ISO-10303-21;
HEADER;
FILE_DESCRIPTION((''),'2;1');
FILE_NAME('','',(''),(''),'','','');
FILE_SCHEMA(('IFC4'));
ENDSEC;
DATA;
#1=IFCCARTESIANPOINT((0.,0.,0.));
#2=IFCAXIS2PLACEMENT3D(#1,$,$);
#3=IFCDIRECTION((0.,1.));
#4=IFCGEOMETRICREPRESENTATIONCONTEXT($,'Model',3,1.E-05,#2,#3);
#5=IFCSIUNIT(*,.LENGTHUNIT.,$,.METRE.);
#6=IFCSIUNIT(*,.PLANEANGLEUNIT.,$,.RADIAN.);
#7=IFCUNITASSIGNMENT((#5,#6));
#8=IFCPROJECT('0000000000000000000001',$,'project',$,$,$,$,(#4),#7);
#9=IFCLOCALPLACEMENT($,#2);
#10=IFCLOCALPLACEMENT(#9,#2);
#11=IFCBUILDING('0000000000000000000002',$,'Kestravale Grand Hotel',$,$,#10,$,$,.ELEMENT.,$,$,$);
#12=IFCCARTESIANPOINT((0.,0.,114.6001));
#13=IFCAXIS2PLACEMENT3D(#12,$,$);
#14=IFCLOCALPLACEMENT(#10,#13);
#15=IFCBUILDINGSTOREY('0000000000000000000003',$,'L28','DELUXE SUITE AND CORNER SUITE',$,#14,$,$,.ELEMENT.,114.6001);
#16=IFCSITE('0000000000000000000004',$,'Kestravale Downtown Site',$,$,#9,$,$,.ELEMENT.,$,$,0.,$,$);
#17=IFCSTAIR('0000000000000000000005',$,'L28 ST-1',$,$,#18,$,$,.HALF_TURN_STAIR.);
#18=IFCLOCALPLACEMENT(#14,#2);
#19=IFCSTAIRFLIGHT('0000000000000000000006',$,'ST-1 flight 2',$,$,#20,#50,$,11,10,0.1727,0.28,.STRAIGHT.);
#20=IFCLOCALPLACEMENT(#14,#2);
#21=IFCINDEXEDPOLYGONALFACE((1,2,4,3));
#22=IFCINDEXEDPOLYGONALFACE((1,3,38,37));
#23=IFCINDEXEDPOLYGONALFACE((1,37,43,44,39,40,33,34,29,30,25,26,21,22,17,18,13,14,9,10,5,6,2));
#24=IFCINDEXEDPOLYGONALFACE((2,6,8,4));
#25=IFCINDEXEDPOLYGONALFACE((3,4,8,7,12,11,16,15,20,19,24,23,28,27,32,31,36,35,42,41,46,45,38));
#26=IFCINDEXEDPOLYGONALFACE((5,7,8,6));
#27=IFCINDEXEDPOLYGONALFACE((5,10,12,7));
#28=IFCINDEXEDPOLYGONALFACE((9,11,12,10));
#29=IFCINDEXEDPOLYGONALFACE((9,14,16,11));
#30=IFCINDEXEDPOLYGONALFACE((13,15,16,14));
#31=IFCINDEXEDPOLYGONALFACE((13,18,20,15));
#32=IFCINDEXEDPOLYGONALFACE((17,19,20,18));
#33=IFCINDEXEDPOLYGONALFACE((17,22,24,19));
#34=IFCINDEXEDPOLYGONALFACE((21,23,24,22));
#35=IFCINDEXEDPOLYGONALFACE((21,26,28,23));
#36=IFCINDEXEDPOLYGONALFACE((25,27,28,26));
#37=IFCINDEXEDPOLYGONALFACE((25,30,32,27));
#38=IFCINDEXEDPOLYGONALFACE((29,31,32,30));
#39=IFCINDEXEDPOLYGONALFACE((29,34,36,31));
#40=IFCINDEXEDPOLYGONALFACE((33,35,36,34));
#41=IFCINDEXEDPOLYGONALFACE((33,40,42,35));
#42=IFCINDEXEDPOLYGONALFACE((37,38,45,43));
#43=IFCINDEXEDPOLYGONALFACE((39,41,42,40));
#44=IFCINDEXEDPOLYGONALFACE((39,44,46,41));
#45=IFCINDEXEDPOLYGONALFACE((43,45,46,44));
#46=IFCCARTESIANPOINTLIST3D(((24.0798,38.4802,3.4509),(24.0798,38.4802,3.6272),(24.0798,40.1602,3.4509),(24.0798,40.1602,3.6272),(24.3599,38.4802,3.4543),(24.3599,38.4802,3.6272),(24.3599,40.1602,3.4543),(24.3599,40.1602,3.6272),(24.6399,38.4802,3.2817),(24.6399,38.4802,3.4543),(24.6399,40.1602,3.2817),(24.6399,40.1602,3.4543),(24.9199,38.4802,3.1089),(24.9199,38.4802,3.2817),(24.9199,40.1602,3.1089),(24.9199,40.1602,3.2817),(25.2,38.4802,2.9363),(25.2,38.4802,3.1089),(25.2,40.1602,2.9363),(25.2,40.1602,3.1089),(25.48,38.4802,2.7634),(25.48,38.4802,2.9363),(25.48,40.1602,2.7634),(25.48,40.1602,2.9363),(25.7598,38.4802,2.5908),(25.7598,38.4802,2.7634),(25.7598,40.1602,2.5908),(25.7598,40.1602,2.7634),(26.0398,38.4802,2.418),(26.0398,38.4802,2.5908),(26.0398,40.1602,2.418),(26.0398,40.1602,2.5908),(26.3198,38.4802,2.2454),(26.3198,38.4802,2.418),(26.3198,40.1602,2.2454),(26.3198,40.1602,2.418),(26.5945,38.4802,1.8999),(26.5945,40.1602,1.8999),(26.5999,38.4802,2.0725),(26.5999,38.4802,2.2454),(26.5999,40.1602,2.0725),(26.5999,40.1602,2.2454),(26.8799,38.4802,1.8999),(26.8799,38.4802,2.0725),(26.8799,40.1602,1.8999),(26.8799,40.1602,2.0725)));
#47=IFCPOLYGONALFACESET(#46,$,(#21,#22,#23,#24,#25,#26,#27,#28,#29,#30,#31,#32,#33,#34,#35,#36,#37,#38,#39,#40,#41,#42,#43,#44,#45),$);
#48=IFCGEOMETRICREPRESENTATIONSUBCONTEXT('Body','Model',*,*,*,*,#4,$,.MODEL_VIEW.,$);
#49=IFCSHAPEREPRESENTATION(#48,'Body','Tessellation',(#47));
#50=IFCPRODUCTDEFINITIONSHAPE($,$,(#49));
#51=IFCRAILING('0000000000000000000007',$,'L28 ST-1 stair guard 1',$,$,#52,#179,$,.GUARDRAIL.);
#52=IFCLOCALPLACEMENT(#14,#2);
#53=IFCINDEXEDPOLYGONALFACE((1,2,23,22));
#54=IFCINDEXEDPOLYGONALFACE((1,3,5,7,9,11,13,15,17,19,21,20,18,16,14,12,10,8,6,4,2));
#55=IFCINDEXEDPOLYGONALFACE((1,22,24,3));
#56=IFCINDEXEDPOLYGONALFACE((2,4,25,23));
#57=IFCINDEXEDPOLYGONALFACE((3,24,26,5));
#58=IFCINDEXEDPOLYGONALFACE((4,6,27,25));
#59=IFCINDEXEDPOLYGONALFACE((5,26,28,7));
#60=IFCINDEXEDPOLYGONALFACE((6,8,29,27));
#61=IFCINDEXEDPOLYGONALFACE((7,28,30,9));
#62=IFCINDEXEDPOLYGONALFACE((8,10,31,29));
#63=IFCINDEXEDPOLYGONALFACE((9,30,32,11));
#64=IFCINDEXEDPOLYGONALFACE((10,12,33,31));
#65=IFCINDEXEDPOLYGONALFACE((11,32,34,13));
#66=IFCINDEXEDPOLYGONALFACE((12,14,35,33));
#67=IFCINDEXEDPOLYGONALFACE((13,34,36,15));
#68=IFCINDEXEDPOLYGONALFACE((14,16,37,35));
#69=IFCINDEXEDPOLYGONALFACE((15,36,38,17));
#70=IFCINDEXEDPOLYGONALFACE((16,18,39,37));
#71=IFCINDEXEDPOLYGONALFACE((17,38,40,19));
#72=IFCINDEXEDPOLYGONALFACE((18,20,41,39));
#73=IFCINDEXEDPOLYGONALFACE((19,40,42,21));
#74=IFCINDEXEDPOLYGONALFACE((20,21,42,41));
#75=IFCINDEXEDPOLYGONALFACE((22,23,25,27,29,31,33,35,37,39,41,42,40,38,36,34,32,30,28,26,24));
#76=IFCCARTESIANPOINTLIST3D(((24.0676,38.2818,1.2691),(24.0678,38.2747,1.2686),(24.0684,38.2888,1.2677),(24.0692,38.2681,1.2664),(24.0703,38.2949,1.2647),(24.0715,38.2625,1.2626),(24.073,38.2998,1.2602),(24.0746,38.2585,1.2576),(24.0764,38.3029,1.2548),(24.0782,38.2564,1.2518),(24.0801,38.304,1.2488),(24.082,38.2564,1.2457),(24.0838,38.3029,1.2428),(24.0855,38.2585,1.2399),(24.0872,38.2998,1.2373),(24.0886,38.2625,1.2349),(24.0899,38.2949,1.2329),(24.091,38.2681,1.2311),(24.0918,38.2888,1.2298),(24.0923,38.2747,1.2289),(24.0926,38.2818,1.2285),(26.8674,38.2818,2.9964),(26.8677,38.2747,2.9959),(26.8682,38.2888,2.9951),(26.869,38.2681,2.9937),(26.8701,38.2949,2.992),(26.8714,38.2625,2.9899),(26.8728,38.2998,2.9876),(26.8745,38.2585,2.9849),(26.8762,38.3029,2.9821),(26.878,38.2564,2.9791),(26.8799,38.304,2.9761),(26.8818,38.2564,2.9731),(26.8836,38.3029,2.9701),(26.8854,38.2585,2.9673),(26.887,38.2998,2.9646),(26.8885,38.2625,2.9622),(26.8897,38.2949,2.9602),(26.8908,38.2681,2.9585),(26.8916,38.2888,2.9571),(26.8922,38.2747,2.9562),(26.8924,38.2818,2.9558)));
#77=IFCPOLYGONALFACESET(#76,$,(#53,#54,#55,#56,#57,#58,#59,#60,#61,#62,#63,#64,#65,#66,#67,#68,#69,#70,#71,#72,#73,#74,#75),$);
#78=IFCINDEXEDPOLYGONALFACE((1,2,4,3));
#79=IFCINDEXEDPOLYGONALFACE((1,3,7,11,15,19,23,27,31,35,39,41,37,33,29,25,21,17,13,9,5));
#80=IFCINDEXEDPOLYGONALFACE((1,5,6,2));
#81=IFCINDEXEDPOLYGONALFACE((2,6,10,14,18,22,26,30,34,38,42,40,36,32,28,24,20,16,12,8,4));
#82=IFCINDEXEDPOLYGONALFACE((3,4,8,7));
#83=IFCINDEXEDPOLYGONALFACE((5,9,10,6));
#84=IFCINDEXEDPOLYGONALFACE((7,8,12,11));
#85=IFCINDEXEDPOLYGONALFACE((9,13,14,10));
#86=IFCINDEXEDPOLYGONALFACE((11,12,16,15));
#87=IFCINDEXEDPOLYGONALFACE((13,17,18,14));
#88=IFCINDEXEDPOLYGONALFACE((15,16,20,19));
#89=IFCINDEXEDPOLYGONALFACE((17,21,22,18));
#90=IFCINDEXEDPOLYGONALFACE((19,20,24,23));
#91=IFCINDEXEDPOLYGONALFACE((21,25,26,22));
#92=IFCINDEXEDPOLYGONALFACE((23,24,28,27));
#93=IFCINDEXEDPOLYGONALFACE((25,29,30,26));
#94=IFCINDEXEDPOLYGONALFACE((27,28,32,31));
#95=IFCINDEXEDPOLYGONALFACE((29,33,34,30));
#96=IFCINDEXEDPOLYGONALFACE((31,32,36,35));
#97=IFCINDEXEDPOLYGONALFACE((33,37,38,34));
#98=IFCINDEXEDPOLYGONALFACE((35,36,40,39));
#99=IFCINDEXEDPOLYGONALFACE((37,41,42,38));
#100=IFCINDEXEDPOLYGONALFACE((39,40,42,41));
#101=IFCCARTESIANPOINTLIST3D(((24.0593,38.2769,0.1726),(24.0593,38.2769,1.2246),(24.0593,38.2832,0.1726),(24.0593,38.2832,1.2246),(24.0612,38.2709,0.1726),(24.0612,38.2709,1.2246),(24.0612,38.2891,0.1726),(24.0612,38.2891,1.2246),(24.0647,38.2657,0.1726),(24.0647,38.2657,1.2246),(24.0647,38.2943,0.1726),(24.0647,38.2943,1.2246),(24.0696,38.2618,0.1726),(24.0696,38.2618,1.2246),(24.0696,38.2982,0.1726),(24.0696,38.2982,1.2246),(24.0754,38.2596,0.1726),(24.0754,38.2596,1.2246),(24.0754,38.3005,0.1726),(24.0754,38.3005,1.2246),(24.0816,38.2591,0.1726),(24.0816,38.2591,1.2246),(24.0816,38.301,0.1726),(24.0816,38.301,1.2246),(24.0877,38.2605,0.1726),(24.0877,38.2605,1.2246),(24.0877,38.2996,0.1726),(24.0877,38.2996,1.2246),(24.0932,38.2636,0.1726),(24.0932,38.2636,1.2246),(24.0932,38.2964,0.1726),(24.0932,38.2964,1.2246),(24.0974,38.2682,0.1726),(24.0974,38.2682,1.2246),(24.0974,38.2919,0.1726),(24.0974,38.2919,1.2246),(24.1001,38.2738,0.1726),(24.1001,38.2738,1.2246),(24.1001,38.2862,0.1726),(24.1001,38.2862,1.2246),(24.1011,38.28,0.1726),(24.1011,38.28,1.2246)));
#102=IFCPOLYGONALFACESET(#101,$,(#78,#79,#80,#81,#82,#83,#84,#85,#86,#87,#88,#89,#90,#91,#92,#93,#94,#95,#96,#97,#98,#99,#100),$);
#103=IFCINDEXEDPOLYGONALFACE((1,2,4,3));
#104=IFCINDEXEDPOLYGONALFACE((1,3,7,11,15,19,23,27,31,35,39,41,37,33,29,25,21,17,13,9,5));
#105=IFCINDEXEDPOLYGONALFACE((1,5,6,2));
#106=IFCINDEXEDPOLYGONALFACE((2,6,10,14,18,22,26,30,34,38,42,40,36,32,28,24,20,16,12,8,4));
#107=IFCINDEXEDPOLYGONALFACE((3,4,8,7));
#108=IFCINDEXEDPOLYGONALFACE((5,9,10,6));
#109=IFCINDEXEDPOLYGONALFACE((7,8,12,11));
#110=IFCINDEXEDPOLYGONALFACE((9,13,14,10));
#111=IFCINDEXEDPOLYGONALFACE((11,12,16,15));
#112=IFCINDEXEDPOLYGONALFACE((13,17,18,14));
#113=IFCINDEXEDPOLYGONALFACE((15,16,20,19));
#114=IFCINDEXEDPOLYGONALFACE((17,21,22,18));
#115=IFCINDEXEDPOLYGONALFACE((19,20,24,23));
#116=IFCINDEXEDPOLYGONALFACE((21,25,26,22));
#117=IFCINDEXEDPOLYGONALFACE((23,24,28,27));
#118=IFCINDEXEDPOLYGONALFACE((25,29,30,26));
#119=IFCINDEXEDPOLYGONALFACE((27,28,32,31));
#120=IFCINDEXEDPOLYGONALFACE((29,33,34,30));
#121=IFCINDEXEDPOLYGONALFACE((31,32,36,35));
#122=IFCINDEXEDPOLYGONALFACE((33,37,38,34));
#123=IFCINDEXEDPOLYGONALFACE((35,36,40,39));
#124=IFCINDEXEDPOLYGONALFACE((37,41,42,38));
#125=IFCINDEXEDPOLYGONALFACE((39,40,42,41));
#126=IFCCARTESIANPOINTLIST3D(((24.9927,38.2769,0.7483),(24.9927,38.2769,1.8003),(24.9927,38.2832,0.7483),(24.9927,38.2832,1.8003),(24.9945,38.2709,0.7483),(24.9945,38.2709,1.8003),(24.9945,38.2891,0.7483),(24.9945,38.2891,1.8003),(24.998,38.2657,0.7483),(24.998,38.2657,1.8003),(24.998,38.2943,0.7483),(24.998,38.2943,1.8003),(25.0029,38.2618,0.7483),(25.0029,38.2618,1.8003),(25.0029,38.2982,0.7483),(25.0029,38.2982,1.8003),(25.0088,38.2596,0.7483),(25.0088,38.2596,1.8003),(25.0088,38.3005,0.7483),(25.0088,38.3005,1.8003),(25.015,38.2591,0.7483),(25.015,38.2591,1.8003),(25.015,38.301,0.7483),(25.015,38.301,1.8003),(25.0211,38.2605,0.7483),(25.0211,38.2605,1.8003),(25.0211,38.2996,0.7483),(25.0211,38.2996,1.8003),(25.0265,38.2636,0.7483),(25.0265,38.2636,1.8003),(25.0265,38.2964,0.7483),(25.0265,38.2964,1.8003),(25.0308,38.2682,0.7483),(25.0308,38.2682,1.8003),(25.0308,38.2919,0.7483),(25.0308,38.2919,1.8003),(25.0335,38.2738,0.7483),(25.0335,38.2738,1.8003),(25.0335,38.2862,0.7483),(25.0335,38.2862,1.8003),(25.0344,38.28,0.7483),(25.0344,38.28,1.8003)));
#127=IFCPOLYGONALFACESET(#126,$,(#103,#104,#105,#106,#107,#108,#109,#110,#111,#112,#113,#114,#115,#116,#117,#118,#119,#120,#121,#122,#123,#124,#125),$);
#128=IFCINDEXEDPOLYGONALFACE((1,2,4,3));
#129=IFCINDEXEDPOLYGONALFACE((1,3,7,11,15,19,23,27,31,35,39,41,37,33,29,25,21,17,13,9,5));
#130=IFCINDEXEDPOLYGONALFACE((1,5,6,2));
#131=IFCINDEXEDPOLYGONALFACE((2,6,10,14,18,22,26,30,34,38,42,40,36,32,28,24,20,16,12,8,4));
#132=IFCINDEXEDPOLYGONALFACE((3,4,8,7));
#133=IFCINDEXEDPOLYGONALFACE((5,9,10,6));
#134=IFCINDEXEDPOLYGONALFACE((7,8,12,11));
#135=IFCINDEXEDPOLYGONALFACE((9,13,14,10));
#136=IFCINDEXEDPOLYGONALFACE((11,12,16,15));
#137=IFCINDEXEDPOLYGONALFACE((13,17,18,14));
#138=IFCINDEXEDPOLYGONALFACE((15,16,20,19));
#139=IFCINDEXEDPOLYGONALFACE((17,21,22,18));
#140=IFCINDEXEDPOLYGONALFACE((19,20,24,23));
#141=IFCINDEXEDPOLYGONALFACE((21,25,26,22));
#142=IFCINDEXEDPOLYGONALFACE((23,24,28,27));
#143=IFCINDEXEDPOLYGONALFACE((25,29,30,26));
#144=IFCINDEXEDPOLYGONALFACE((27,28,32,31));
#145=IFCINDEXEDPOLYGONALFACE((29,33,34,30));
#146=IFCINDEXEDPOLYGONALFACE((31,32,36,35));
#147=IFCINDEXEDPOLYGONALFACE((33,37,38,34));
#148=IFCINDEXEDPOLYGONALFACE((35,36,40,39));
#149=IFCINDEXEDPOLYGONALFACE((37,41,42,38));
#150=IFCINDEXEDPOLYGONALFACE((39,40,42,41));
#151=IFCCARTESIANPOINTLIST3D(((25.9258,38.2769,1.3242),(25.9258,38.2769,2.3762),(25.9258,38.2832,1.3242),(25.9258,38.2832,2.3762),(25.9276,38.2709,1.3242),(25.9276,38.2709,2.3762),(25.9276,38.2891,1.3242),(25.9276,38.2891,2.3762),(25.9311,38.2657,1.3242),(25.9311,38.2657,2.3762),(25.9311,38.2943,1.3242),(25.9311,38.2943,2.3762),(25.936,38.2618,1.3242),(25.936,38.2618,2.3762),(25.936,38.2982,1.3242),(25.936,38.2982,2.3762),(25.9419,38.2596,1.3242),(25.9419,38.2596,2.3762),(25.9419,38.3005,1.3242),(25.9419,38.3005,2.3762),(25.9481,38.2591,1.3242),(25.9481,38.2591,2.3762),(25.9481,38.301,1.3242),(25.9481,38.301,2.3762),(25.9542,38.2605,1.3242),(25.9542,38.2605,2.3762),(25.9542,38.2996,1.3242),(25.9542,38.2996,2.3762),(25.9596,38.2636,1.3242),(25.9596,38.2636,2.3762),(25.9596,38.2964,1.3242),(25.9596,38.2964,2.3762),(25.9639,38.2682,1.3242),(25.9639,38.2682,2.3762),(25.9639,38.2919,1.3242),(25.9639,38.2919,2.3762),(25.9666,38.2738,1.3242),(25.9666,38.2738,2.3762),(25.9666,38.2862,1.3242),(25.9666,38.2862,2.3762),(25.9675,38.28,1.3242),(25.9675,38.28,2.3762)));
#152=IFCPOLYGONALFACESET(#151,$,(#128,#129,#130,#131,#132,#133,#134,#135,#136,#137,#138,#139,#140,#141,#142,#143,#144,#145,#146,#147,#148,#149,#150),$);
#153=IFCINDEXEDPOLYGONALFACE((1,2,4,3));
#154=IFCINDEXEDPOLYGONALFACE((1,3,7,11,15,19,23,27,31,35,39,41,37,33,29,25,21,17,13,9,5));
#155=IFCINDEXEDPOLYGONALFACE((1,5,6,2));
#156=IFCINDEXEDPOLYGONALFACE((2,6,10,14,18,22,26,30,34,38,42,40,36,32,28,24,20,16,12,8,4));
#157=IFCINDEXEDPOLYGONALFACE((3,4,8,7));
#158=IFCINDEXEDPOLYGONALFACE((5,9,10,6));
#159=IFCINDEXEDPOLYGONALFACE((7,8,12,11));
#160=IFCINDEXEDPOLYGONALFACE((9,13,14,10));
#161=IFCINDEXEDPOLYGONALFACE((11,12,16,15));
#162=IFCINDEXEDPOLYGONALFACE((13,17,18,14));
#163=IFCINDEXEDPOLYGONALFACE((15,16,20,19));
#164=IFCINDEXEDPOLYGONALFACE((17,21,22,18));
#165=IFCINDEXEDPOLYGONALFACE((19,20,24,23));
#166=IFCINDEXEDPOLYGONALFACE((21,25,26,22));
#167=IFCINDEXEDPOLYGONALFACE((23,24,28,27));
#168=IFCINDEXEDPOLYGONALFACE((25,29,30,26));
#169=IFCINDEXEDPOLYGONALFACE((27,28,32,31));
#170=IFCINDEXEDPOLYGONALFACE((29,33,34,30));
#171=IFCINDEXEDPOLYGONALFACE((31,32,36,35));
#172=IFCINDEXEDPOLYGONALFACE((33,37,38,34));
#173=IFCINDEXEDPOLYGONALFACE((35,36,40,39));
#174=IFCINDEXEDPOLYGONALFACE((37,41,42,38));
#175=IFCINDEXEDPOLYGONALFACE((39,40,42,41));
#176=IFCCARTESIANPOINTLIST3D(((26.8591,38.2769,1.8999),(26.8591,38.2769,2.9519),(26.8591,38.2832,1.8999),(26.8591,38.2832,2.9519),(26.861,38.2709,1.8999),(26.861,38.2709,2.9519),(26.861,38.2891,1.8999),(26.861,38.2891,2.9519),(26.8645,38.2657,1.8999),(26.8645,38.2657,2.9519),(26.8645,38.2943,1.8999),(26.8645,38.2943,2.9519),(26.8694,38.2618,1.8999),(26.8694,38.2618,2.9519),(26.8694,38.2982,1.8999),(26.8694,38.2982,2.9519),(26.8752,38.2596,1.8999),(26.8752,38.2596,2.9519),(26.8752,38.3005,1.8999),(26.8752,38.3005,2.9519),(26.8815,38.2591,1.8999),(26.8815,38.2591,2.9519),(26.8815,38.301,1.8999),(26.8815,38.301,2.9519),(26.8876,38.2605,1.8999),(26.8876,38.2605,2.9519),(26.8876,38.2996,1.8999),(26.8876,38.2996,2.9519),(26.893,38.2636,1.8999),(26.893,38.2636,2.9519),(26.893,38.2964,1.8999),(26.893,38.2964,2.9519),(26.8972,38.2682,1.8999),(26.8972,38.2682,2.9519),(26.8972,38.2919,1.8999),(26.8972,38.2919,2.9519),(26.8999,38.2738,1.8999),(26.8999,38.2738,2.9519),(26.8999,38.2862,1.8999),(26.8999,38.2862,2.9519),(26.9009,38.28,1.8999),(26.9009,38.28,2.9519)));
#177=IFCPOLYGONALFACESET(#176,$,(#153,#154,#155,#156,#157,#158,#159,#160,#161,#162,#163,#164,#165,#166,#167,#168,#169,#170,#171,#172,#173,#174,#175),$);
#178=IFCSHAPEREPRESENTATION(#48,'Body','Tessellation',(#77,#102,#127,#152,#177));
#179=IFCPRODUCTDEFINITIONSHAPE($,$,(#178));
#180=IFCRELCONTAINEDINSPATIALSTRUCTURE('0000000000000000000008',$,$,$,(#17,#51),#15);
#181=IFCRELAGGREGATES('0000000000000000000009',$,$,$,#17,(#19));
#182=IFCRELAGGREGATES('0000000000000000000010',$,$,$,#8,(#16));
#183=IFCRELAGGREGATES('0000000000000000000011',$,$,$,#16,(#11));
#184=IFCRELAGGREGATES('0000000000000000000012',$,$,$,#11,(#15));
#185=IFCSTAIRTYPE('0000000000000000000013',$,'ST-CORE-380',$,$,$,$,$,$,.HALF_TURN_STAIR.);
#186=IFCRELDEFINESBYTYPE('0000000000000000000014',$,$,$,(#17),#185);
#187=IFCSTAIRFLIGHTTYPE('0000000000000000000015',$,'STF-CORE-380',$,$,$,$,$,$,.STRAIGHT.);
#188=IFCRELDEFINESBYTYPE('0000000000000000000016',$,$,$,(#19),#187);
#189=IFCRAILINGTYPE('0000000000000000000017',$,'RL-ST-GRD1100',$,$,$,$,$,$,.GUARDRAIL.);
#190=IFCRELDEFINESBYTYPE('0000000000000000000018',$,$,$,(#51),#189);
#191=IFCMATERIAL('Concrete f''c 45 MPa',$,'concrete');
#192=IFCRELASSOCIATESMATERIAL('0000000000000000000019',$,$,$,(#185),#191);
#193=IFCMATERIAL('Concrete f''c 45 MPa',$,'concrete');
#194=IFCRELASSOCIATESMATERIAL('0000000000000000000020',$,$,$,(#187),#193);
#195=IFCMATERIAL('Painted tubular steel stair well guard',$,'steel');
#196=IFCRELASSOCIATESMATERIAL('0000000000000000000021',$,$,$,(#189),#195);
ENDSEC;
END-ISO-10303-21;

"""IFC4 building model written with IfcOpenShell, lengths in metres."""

from ifc_helpers import new_model, si_unit, direction, frame, origin, origin_2d, place, context, subcontext, project, spatial, polyline, circle, outline, extrude, material, type_object, element, aggregate, save


model = new_model("IFC4")

# Units and contexts
model_context = context("Model", 3, precision=1e-05, world=origin(), true_north=direction((0.0, 1.0)))
body_context = subcontext(model_context, "Body", "Model", "MODEL_VIEW")
ifc_project = project(units=[si_unit("LENGTHUNIT", "METRE"), si_unit("PLANEANGLEUNIT", "RADIAN")], contexts=[model_context])

# Site, building, storey
site_placement = place(None, origin())
site = spatial("IfcSite", under=ifc_project, at=site_placement, Name="Kestravale Downtown Site", CompositionType="ELEMENT", RefElevation=0.0)
building_placement = place(site_placement, origin())
building = spatial("IfcBuilding", under=site, at=building_placement, Name="Kestravale Grand Hotel", CompositionType="ELEMENT")
storey_placement = place(building_placement, frame((0.0, 0.0, 114.6001)))
storey = spatial("IfcBuildingStorey", under=building, at=storey_placement, Name="L28", Description="DELUXE SUITE AND CORNER SUITE", CompositionType="ELEMENT", Elevation=114.6001)

# Stair, stair flight
ifc_material_1 = material(Name="Concrete f'c 45 MPa", Category="concrete")
stair_type = type_object("IfcStairType", Name="ST-CORE-380", PredefinedType="HALF_TURN_STAIR", material=ifc_material_1)
stair_placement = place(storey_placement, origin())
stair = element("IfcStair", 1, at=stair_placement, inside=storey, type_object=stair_type, Name="L28 ST-1", PredefinedType="HALF_TURN_STAIR")
ifc_material_2 = material(Name="Concrete f'c 45 MPa", Category="concrete")
stair_flight_type = type_object("IfcStairFlightType", Name="STF-CORE-380", PredefinedType="STRAIGHT", material=ifc_material_2)
stair_flight_1_placement = place(storey_placement, frame((26.8799, 39.3201, 1.8999), z_axis=(0.0, 0.0, 1.0), x_axis=(-1.0, 0.0, 0.0)))
stair_flight_1 = element("IfcStairFlight", 2, at=stair_flight_1_placement, type_object=stair_flight_type, Name="ST-1 flight 2", NumberOfRisers=11, NumberOfTreads=10, PredefinedType="STRAIGHT", RiserHeight=0.1727, TreadLength=0.28, context=body_context, shape_type="SweptSolid", body=[
    extrude(outline(polyline([(0.0, 0.0), (0.0, 0.1726), (0.28, 0.1726), (0.28, 0.3455), (0.5601, 0.3455), (0.5601, 0.5181), (0.8401, 0.5181), (0.8401, 0.6909), (1.1201, 0.6909), (1.1201, 0.8635), (1.3999, 0.8635), (1.3999, 1.0364), (1.6799, 1.0364), (1.6799, 1.209), (1.96, 1.209), (1.96, 1.3818), (2.24, 1.3818), (2.24, 1.5544), (2.52, 1.5544), (2.52, 1.7273), (2.8, 1.7273), (2.8, 1.8999), (2.8, 1.551), (0.2854, 0.0), (0.0, 0.0)])), frame((0.0, 0.8398, 0.0), z_axis=(0.0, -1.0, 0.0), x_axis=(1.0, 0.0, 0.0)), (0.0, 0.0, 1.0), 1.6799),
])
aggregate(stair, [stair_flight_1])

# Railing
ifc_material_3 = material(Name="Painted tubular steel stair well guard", Category="steel")
railing_type_1 = type_object("IfcRailingType", Name="RL-ST-GRD1100", PredefinedType="GUARDRAIL", material=ifc_material_3)
railing_1_placement = place(storey_placement, frame((24.0801, 38.28, 0.1726)))
element("IfcRailing", 3, at=railing_1_placement, inside=storey, type_object=railing_type_1, Name="L28 ST-1 stair guard 1", PredefinedType="GUARDRAIL", context=body_context, shape_type="SweptSolid", body=[
    extrude(circle(Radius=0.0239, at=origin_2d()), frame((0.0, 0.0, 1.0762), z_axis=(0.851069, 0.0, 0.525054), x_axis=(0.0, 1.0, 0.0)), (0.0, 0.0, 1.0), 3.2898),
    extrude(circle(Radius=0.021, at=origin_2d()), origin(), (0.0, 0.0, 1.0), 1.052),
    extrude(circle(Radius=0.021, at=origin_2d()), frame((0.9333, 0.0, 0.5757)), (0.0, 0.0, 1.0), 1.052),
    extrude(circle(Radius=0.021, at=origin_2d()), frame((1.8665, 0.0, 1.1516)), (0.0, 0.0, 1.0), 1.052),
    extrude(circle(Radius=0.021, at=origin_2d()), frame((2.7998, 0.0, 1.7273)), (0.0, 0.0, 1.0), 1.052),
])

save(model, "model.ifc")
